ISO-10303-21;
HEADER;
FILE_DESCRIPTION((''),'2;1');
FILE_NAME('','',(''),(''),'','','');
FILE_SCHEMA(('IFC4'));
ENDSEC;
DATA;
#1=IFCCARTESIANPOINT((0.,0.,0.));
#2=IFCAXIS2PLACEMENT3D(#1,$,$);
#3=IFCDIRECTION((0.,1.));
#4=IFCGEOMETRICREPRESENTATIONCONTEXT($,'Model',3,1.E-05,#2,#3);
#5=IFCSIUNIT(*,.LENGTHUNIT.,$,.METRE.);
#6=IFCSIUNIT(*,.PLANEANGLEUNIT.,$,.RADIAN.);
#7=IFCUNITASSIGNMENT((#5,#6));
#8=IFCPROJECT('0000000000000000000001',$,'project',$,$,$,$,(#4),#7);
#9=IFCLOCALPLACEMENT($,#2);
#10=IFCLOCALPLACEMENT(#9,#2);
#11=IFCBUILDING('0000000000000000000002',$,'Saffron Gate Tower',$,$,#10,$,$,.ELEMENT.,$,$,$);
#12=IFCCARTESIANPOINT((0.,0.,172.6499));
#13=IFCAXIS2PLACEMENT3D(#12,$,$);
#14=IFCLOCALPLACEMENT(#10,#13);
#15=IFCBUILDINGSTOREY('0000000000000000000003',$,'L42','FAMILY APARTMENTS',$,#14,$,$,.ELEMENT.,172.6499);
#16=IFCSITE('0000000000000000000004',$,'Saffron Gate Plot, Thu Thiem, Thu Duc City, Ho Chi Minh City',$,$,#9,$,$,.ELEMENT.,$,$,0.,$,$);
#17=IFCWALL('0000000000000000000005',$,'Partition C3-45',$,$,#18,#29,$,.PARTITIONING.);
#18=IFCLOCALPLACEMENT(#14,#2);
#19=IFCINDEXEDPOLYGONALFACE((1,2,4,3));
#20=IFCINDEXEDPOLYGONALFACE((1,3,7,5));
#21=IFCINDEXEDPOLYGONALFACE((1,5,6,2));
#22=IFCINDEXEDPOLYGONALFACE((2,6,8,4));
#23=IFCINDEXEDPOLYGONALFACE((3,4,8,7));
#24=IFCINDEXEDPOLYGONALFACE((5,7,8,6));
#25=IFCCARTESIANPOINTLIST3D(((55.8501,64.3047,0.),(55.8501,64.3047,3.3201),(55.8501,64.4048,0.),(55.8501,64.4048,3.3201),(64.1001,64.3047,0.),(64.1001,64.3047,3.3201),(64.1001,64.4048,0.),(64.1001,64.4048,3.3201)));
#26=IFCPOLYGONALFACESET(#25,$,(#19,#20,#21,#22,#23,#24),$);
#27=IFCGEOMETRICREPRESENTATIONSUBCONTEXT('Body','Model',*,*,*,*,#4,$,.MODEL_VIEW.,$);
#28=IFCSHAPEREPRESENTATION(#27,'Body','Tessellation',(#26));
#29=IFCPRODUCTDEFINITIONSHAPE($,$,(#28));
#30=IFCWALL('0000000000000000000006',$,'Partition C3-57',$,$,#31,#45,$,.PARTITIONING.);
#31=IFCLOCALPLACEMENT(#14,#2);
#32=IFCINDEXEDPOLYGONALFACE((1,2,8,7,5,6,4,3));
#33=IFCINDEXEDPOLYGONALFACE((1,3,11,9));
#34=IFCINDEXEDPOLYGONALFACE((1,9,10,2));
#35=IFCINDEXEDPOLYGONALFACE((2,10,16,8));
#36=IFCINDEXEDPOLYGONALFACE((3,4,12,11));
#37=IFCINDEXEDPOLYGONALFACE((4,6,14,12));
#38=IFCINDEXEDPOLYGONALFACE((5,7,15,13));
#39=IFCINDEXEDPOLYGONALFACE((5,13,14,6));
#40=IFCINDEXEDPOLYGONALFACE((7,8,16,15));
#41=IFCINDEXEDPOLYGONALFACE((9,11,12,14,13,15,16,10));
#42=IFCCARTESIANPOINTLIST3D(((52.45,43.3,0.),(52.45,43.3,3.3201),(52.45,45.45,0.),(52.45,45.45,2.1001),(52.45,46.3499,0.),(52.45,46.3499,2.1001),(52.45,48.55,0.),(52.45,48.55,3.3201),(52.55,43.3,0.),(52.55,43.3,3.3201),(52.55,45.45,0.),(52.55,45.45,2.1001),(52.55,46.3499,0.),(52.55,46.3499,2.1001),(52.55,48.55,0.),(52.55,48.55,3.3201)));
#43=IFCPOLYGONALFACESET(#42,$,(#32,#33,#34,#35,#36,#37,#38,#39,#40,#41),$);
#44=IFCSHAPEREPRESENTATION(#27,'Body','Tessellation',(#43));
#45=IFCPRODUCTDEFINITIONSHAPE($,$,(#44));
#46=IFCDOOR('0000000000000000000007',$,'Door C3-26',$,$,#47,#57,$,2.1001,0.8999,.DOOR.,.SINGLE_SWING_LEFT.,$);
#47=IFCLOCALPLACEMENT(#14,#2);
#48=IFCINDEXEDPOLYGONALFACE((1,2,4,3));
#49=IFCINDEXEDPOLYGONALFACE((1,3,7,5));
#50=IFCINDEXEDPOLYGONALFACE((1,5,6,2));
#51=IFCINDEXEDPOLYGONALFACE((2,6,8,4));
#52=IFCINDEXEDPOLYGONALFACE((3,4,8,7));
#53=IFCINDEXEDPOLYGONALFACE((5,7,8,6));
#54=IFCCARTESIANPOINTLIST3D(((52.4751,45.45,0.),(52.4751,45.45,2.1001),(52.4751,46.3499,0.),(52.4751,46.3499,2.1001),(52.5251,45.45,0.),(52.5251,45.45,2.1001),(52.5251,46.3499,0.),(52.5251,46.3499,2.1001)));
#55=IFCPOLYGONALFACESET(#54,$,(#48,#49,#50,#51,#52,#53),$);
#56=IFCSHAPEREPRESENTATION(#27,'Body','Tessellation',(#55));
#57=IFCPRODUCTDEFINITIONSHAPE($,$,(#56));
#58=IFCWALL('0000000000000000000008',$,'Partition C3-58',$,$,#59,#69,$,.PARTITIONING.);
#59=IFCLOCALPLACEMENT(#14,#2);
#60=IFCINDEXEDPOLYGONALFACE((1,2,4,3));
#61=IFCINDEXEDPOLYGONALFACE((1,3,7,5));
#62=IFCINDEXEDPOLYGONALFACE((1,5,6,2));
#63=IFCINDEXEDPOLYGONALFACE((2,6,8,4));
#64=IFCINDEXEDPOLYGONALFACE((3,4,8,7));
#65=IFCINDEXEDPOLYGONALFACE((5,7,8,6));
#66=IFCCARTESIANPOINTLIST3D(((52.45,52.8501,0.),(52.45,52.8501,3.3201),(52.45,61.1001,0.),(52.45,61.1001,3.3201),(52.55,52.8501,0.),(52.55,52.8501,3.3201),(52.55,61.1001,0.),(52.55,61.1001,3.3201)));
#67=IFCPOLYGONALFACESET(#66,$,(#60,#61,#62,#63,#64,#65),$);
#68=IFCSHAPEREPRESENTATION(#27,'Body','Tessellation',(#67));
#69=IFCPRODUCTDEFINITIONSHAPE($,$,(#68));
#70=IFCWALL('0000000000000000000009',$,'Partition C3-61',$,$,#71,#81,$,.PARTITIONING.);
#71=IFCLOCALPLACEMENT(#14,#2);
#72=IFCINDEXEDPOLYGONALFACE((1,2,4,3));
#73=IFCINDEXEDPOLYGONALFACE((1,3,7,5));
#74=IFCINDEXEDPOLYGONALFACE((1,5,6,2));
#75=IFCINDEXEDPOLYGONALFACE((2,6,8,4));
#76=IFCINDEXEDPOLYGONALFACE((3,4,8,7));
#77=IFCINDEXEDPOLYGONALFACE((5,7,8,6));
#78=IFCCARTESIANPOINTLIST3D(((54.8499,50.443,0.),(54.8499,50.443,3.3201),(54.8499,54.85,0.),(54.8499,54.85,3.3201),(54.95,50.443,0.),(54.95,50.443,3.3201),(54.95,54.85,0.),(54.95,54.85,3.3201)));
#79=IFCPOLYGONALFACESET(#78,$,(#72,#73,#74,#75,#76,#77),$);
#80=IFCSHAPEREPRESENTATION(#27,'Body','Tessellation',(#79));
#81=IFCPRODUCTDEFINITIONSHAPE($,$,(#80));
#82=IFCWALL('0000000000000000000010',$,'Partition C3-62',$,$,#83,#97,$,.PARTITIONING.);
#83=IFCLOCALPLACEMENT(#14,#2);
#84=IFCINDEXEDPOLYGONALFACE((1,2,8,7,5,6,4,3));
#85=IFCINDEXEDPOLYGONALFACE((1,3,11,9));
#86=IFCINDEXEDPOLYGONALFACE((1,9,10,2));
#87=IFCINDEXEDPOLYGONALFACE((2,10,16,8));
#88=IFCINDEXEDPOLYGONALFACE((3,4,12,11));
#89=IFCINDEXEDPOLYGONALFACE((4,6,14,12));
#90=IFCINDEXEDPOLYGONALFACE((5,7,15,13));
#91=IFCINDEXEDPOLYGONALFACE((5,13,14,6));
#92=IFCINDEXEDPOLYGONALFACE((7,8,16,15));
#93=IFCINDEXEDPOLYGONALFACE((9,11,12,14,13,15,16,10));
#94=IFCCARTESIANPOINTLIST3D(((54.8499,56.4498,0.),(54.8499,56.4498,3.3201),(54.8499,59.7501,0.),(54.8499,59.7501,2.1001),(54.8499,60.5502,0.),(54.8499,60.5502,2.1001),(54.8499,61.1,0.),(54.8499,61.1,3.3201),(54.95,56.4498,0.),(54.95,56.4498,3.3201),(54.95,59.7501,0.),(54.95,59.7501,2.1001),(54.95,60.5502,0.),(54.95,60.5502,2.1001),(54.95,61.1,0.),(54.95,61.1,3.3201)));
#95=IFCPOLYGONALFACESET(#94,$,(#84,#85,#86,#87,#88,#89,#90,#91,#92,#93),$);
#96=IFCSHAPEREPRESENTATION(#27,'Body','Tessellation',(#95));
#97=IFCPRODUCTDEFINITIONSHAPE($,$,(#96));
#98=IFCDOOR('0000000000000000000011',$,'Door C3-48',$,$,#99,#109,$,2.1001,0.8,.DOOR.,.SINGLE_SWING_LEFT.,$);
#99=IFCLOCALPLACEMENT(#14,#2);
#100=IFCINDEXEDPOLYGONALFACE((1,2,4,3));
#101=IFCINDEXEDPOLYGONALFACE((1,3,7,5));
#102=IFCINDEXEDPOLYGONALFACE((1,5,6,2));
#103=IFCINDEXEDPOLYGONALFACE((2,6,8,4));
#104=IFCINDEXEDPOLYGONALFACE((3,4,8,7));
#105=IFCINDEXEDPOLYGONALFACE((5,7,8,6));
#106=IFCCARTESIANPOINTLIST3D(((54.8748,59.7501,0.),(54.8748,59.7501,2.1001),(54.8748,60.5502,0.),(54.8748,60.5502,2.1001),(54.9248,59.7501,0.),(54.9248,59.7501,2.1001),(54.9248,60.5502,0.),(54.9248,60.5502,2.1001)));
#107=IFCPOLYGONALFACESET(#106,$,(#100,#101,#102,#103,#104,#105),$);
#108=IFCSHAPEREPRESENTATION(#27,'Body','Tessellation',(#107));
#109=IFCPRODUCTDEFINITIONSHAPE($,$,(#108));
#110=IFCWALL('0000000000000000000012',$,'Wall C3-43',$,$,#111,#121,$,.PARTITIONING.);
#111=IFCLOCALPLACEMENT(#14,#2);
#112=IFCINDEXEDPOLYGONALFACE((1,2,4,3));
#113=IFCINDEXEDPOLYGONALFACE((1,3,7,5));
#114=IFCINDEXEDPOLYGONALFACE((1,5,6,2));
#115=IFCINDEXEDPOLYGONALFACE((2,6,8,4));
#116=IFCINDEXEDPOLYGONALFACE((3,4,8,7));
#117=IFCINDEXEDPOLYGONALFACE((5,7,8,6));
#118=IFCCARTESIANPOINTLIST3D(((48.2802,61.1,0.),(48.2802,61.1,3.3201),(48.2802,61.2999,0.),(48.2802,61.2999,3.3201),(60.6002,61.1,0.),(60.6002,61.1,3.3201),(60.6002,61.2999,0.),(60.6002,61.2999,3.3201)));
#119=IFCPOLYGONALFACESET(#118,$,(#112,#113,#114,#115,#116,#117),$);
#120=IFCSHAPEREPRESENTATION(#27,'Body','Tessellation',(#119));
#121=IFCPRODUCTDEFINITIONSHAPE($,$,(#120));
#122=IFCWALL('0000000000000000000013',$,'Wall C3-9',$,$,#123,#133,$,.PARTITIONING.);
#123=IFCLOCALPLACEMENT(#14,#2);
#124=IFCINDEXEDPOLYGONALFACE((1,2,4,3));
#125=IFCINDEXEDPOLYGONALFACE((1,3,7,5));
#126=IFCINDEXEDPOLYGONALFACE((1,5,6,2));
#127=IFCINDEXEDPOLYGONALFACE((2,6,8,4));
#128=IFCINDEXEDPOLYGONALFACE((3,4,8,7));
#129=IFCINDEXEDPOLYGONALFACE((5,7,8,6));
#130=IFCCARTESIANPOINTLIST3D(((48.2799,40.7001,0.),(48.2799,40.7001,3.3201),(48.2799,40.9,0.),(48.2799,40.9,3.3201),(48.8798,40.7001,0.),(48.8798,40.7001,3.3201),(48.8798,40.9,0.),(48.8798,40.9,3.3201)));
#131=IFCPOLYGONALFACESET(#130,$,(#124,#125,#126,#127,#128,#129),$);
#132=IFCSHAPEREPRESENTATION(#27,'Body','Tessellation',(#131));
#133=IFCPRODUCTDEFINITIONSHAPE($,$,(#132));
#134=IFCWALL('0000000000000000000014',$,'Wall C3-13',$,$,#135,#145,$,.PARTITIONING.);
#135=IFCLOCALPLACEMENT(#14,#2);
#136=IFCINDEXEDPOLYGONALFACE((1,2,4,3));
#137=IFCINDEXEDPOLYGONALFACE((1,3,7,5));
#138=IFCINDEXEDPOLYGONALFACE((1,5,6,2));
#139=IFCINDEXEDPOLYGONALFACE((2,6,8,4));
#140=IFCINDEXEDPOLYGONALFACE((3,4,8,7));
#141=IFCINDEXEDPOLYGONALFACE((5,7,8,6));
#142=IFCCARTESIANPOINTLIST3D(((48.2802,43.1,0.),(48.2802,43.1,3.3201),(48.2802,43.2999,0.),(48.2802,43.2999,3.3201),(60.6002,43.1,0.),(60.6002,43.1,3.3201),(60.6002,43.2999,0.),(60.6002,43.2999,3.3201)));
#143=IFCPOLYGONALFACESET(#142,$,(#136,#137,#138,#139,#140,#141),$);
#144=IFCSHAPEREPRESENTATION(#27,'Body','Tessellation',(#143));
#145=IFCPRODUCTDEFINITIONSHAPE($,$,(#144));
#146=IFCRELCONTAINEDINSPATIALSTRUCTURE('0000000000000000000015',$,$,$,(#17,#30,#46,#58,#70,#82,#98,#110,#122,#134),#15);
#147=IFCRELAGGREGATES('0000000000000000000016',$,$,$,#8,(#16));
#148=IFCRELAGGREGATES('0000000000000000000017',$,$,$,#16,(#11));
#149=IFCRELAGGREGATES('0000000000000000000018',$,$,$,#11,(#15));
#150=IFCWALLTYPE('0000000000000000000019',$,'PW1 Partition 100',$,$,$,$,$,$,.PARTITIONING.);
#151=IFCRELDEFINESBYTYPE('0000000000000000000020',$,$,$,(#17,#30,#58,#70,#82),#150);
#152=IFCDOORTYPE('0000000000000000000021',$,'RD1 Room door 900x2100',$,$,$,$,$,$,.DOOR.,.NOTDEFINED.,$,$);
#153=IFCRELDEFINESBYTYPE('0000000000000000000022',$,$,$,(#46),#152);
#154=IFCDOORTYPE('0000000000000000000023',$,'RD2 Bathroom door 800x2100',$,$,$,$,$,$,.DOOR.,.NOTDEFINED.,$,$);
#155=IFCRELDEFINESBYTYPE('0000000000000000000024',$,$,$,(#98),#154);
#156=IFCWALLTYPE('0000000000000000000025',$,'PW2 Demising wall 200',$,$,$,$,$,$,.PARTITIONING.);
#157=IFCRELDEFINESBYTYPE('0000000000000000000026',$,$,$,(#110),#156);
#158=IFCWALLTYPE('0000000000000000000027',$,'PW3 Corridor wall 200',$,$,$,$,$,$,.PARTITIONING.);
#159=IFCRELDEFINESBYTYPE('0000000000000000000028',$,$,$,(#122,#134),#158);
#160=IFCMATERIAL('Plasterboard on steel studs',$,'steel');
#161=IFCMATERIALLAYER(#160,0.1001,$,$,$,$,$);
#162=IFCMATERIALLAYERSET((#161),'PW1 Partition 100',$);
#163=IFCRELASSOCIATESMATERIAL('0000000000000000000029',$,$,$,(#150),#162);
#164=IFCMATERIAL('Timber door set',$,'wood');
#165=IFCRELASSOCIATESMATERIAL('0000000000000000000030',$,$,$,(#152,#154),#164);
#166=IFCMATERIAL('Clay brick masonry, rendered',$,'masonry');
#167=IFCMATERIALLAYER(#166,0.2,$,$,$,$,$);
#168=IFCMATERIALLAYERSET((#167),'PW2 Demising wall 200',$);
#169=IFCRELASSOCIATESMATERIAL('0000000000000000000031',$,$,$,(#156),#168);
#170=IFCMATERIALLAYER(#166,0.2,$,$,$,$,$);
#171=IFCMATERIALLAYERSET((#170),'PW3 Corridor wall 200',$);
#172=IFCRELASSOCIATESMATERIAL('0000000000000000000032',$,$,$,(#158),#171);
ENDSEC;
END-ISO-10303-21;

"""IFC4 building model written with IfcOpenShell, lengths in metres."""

from ifc_helpers import new_model, si_unit, direction, frame, frame_2d, origin, place, context, subcontext, project, spatial, rectangle, extrude, material, layer, layer_set, type_object, element, fill, save


model = new_model("IFC4")

# Units and contexts
model_context = context("Model", 3, precision=1e-05, world=origin(), true_north=direction((0.0, 1.0)))
body_context = subcontext(model_context, "Body", "Model", "MODEL_VIEW")
ifc_project = project(units=[si_unit("LENGTHUNIT", "METRE"), si_unit("PLANEANGLEUNIT", "RADIAN")], contexts=[model_context])

# Site, building, storey
site_placement = place(None, origin())
site = spatial("IfcSite", under=ifc_project, at=site_placement, Name="Saffron Gate Plot, Thu Thiem, Thu Duc City, Ho Chi Minh City", CompositionType="ELEMENT", RefElevation=0.0)
building_placement = place(site_placement, origin())
building = spatial("IfcBuilding", under=site, at=building_placement, Name="Saffron Gate Tower", CompositionType="ELEMENT")
storey_placement = place(building_placement, frame((0.0, 0.0, 172.6499)))
storey = spatial("IfcBuildingStorey", under=building, at=storey_placement, Name="L42", Description="FAMILY APARTMENTS", CompositionType="ELEMENT", Elevation=172.6499)

# Shared definitions
ifc_material_1 = material(Name="Plasterboard on steel studs", Category="steel")
ifc_layer_1 = layer(ifc_material_1, 0.1001)
ifc_layer_set_1 = layer_set([ifc_layer_1], Name="PW1 Partition 100")
wall_type_1 = type_object("IfcWallType", Name="PW1 Partition 100", PredefinedType="PARTITIONING", material=ifc_layer_set_1)

# Shared definitions
ifc_material_2 = material(Name="Timber door set", Category="wood")
door_type_1 = type_object("IfcDoorType", Name="RD1 Room door 900x2100", OperationType="NOTDEFINED", PredefinedType="DOOR", material=ifc_material_2)
door_type_2 = type_object("IfcDoorType", Name="RD2 Bathroom door 800x2100", OperationType="NOTDEFINED", PredefinedType="DOOR", material=ifc_material_2)

# Wall
wall_1_placement = place(storey_placement, frame((55.8501, 64.3547, 0.0), z_axis=(0.0, 0.0, 1.0), x_axis=(1.0, 0.0, 0.0)))
element("IfcWall", 1, at=wall_1_placement, inside=storey, type_object=wall_type_1, Name="Partition C3-45", PredefinedType="PARTITIONING", context=body_context, shape_type="SweptSolid", body=[
    extrude(rectangle(XDim=8.25, YDim=0.1001, at=frame_2d((4.125, 0.0))), origin(), (0.0, 0.0, 1.0), 3.3201),
])

# Wall, opening, door
wall_2_placement = place(storey_placement, frame((52.5, 43.3, 0.0), z_axis=(0.0, 0.0, 1.0), x_axis=(0.0, 1.0, 0.0)))
wall_2 = element("IfcWall", 2, at=wall_2_placement, inside=storey, type_object=wall_type_1, Name="Partition C3-57", PredefinedType="PARTITIONING", context=body_context, shape_type="SweptSolid", body=[
    extrude(rectangle(XDim=5.25, YDim=0.1001, at=frame_2d((2.625, 0.0))), origin(), (0.0, 0.0, 1.0), 3.3201),
])
opening_1_placement = place(wall_2_placement, frame((2.1499, 0.0, 0.0)))
opening_1 = element("IfcOpeningElement", 3, at=opening_1_placement, cuts=wall_2, PredefinedType="OPENING", context=body_context, shape_type="SweptSolid", body=[
    extrude(rectangle(XDim=0.8999, YDim=2.1001, at=frame_2d((0.45, 1.05))), frame((0.0, 0.0601, 0.0), z_axis=(0.0, -1.0, 0.0), x_axis=(1.0, 0.0, 0.0)), (0.0, 0.0, 1.0), 0.1201),
])
door_1_placement = place(opening_1_placement, origin())
door_1 = element("IfcDoor", 4, at=door_1_placement, inside=storey, type_object=door_type_1, Name="Door C3-26", OperationType="SINGLE_SWING_LEFT", OverallHeight=2.1001, OverallWidth=0.8999, PredefinedType="DOOR", context=body_context, shape_type="SweptSolid", body=[
    extrude(rectangle(XDim=0.8999, YDim=2.1001, at=frame_2d((0.45, 1.05))), frame((0.0, 0.0249, 0.0), z_axis=(0.0, -1.0, 0.0), x_axis=(1.0, 0.0, 0.0)), (0.0, 0.0, 1.0), 0.05),
])
fill(opening_1, door_1)

# Walls
wall_3_placement = place(storey_placement, frame((52.5, 61.1001, 0.0), z_axis=(0.0, 0.0, 1.0), x_axis=(0.0, -1.0, 0.0)))
element("IfcWall", 5, at=wall_3_placement, inside=storey, type_object=wall_type_1, Name="Partition C3-58", PredefinedType="PARTITIONING", context=body_context, shape_type="SweptSolid", body=[
    extrude(rectangle(XDim=8.25, YDim=0.1001, at=frame_2d((4.125, 0.0))), origin(), (0.0, 0.0, 1.0), 3.3201),
])
wall_4_placement = place(storey_placement, frame((54.8999, 54.8501, 0.0), z_axis=(0.0, 0.0, 1.0), x_axis=(0.0, -1.0, 0.0)))
element("IfcWall", 6, at=wall_4_placement, inside=storey, type_object=wall_type_1, Name="Partition C3-61", PredefinedType="PARTITIONING", context=body_context, shape_type="SweptSolid", body=[
    extrude(rectangle(XDim=4.407, YDim=0.1001, at=frame_2d((2.2036, 0.0))), origin(), (0.0, 0.0, 1.0), 3.3201),
])

# Wall, opening, door
wall_5_placement = place(storey_placement, frame((54.8999, 61.1001, 0.0), z_axis=(0.0, 0.0, 1.0), x_axis=(0.0, -1.0, 0.0)))
wall_5 = element("IfcWall", 7, at=wall_5_placement, inside=storey, type_object=wall_type_1, Name="Partition C3-62", PredefinedType="PARTITIONING", context=body_context, shape_type="SweptSolid", body=[
    extrude(rectangle(XDim=4.6501, YDim=0.1001, at=frame_2d((2.3252, 0.0))), origin(), (0.0, 0.0, 1.0), 3.3201),
])
opening_2_placement = place(wall_5_placement, frame((0.55, 0.0, 0.0)))
opening_2 = element("IfcOpeningElement", 8, at=opening_2_placement, cuts=wall_5, PredefinedType="OPENING", context=body_context, shape_type="SweptSolid", body=[
    extrude(rectangle(XDim=0.8, YDim=2.1001, at=frame_2d((0.3999, 1.05))), frame((0.0, 0.0601, 0.0), z_axis=(0.0, -1.0, 0.0), x_axis=(1.0, 0.0, 0.0)), (0.0, 0.0, 1.0), 0.1201),
])
door_2_placement = place(opening_2_placement, origin())
door_2 = element("IfcDoor", 9, at=door_2_placement, inside=storey, type_object=door_type_2, Name="Door C3-48", OperationType="SINGLE_SWING_LEFT", OverallHeight=2.1001, OverallWidth=0.8, PredefinedType="DOOR", context=body_context, shape_type="SweptSolid", body=[
    extrude(rectangle(XDim=0.8, YDim=2.1001, at=frame_2d((0.3999, 1.05))), frame((0.0, 0.0249, 0.0), z_axis=(0.0, -1.0, 0.0), x_axis=(1.0, 0.0, 0.0)), (0.0, 0.0, 1.0), 0.05),
])
fill(opening_2, door_2)

# Walls
ifc_material_3 = material(Name="Clay brick masonry, rendered", Category="masonry")
ifc_layer_2 = layer(ifc_material_3, 0.2)
ifc_layer_set_2 = layer_set([ifc_layer_2], Name="PW2 Demising wall 200")
wall_type_2 = type_object("IfcWallType", Name="PW2 Demising wall 200", PredefinedType="PARTITIONING", material=ifc_layer_set_2)
wall_6_placement = place(storey_placement, frame((48.28, 61.2, 0.0), z_axis=(0.0, 0.0, 1.0), x_axis=(1.0, 0.0, 0.0)))
element("IfcWall", 10, at=wall_6_placement, inside=storey, type_object=wall_type_2, Name="Wall C3-43", PredefinedType="PARTITIONING", context=body_context, shape_type="SweptSolid", body=[
    extrude(rectangle(XDim=12.3201, YDim=0.2, at=frame_2d((6.1602, 0.0))), origin(), (0.0, 0.0, 1.0), 3.3201),
])
ifc_layer_3 = layer(ifc_material_3, 0.2)
ifc_layer_set_3 = layer_set([ifc_layer_3], Name="PW3 Corridor wall 200")
wall_type_3 = type_object("IfcWallType", Name="PW3 Corridor wall 200", PredefinedType="PARTITIONING", material=ifc_layer_set_3)
wall_7_placement = place(storey_placement, frame((48.28, 40.8, 0.0), z_axis=(0.0, 0.0, 1.0), x_axis=(1.0, 0.0, 0.0)))
element("IfcWall", 11, at=wall_7_placement, inside=storey, type_object=wall_type_3, Name="Wall C3-9", PredefinedType="PARTITIONING", context=body_context, shape_type="SweptSolid", body=[
    extrude(rectangle(XDim=0.5999, YDim=0.2, at=frame_2d((0.2998, 0.0))), origin(), (0.0, 0.0, 1.0), 3.3201),
])
wall_8_placement = place(storey_placement, frame((48.28, 43.2, 0.0), z_axis=(0.0, 0.0, 1.0), x_axis=(1.0, 0.0, 0.0)))
element("IfcWall", 12, at=wall_8_placement, inside=storey, type_object=wall_type_3, Name="Wall C3-13", PredefinedType="PARTITIONING", context=body_context, shape_type="SweptSolid", body=[
    extrude(rectangle(XDim=12.3201, YDim=0.2, at=frame_2d((6.1602, 0.0))), origin(), (0.0, 0.0, 1.0), 3.3201),
])

save(model, "model.ifc")
